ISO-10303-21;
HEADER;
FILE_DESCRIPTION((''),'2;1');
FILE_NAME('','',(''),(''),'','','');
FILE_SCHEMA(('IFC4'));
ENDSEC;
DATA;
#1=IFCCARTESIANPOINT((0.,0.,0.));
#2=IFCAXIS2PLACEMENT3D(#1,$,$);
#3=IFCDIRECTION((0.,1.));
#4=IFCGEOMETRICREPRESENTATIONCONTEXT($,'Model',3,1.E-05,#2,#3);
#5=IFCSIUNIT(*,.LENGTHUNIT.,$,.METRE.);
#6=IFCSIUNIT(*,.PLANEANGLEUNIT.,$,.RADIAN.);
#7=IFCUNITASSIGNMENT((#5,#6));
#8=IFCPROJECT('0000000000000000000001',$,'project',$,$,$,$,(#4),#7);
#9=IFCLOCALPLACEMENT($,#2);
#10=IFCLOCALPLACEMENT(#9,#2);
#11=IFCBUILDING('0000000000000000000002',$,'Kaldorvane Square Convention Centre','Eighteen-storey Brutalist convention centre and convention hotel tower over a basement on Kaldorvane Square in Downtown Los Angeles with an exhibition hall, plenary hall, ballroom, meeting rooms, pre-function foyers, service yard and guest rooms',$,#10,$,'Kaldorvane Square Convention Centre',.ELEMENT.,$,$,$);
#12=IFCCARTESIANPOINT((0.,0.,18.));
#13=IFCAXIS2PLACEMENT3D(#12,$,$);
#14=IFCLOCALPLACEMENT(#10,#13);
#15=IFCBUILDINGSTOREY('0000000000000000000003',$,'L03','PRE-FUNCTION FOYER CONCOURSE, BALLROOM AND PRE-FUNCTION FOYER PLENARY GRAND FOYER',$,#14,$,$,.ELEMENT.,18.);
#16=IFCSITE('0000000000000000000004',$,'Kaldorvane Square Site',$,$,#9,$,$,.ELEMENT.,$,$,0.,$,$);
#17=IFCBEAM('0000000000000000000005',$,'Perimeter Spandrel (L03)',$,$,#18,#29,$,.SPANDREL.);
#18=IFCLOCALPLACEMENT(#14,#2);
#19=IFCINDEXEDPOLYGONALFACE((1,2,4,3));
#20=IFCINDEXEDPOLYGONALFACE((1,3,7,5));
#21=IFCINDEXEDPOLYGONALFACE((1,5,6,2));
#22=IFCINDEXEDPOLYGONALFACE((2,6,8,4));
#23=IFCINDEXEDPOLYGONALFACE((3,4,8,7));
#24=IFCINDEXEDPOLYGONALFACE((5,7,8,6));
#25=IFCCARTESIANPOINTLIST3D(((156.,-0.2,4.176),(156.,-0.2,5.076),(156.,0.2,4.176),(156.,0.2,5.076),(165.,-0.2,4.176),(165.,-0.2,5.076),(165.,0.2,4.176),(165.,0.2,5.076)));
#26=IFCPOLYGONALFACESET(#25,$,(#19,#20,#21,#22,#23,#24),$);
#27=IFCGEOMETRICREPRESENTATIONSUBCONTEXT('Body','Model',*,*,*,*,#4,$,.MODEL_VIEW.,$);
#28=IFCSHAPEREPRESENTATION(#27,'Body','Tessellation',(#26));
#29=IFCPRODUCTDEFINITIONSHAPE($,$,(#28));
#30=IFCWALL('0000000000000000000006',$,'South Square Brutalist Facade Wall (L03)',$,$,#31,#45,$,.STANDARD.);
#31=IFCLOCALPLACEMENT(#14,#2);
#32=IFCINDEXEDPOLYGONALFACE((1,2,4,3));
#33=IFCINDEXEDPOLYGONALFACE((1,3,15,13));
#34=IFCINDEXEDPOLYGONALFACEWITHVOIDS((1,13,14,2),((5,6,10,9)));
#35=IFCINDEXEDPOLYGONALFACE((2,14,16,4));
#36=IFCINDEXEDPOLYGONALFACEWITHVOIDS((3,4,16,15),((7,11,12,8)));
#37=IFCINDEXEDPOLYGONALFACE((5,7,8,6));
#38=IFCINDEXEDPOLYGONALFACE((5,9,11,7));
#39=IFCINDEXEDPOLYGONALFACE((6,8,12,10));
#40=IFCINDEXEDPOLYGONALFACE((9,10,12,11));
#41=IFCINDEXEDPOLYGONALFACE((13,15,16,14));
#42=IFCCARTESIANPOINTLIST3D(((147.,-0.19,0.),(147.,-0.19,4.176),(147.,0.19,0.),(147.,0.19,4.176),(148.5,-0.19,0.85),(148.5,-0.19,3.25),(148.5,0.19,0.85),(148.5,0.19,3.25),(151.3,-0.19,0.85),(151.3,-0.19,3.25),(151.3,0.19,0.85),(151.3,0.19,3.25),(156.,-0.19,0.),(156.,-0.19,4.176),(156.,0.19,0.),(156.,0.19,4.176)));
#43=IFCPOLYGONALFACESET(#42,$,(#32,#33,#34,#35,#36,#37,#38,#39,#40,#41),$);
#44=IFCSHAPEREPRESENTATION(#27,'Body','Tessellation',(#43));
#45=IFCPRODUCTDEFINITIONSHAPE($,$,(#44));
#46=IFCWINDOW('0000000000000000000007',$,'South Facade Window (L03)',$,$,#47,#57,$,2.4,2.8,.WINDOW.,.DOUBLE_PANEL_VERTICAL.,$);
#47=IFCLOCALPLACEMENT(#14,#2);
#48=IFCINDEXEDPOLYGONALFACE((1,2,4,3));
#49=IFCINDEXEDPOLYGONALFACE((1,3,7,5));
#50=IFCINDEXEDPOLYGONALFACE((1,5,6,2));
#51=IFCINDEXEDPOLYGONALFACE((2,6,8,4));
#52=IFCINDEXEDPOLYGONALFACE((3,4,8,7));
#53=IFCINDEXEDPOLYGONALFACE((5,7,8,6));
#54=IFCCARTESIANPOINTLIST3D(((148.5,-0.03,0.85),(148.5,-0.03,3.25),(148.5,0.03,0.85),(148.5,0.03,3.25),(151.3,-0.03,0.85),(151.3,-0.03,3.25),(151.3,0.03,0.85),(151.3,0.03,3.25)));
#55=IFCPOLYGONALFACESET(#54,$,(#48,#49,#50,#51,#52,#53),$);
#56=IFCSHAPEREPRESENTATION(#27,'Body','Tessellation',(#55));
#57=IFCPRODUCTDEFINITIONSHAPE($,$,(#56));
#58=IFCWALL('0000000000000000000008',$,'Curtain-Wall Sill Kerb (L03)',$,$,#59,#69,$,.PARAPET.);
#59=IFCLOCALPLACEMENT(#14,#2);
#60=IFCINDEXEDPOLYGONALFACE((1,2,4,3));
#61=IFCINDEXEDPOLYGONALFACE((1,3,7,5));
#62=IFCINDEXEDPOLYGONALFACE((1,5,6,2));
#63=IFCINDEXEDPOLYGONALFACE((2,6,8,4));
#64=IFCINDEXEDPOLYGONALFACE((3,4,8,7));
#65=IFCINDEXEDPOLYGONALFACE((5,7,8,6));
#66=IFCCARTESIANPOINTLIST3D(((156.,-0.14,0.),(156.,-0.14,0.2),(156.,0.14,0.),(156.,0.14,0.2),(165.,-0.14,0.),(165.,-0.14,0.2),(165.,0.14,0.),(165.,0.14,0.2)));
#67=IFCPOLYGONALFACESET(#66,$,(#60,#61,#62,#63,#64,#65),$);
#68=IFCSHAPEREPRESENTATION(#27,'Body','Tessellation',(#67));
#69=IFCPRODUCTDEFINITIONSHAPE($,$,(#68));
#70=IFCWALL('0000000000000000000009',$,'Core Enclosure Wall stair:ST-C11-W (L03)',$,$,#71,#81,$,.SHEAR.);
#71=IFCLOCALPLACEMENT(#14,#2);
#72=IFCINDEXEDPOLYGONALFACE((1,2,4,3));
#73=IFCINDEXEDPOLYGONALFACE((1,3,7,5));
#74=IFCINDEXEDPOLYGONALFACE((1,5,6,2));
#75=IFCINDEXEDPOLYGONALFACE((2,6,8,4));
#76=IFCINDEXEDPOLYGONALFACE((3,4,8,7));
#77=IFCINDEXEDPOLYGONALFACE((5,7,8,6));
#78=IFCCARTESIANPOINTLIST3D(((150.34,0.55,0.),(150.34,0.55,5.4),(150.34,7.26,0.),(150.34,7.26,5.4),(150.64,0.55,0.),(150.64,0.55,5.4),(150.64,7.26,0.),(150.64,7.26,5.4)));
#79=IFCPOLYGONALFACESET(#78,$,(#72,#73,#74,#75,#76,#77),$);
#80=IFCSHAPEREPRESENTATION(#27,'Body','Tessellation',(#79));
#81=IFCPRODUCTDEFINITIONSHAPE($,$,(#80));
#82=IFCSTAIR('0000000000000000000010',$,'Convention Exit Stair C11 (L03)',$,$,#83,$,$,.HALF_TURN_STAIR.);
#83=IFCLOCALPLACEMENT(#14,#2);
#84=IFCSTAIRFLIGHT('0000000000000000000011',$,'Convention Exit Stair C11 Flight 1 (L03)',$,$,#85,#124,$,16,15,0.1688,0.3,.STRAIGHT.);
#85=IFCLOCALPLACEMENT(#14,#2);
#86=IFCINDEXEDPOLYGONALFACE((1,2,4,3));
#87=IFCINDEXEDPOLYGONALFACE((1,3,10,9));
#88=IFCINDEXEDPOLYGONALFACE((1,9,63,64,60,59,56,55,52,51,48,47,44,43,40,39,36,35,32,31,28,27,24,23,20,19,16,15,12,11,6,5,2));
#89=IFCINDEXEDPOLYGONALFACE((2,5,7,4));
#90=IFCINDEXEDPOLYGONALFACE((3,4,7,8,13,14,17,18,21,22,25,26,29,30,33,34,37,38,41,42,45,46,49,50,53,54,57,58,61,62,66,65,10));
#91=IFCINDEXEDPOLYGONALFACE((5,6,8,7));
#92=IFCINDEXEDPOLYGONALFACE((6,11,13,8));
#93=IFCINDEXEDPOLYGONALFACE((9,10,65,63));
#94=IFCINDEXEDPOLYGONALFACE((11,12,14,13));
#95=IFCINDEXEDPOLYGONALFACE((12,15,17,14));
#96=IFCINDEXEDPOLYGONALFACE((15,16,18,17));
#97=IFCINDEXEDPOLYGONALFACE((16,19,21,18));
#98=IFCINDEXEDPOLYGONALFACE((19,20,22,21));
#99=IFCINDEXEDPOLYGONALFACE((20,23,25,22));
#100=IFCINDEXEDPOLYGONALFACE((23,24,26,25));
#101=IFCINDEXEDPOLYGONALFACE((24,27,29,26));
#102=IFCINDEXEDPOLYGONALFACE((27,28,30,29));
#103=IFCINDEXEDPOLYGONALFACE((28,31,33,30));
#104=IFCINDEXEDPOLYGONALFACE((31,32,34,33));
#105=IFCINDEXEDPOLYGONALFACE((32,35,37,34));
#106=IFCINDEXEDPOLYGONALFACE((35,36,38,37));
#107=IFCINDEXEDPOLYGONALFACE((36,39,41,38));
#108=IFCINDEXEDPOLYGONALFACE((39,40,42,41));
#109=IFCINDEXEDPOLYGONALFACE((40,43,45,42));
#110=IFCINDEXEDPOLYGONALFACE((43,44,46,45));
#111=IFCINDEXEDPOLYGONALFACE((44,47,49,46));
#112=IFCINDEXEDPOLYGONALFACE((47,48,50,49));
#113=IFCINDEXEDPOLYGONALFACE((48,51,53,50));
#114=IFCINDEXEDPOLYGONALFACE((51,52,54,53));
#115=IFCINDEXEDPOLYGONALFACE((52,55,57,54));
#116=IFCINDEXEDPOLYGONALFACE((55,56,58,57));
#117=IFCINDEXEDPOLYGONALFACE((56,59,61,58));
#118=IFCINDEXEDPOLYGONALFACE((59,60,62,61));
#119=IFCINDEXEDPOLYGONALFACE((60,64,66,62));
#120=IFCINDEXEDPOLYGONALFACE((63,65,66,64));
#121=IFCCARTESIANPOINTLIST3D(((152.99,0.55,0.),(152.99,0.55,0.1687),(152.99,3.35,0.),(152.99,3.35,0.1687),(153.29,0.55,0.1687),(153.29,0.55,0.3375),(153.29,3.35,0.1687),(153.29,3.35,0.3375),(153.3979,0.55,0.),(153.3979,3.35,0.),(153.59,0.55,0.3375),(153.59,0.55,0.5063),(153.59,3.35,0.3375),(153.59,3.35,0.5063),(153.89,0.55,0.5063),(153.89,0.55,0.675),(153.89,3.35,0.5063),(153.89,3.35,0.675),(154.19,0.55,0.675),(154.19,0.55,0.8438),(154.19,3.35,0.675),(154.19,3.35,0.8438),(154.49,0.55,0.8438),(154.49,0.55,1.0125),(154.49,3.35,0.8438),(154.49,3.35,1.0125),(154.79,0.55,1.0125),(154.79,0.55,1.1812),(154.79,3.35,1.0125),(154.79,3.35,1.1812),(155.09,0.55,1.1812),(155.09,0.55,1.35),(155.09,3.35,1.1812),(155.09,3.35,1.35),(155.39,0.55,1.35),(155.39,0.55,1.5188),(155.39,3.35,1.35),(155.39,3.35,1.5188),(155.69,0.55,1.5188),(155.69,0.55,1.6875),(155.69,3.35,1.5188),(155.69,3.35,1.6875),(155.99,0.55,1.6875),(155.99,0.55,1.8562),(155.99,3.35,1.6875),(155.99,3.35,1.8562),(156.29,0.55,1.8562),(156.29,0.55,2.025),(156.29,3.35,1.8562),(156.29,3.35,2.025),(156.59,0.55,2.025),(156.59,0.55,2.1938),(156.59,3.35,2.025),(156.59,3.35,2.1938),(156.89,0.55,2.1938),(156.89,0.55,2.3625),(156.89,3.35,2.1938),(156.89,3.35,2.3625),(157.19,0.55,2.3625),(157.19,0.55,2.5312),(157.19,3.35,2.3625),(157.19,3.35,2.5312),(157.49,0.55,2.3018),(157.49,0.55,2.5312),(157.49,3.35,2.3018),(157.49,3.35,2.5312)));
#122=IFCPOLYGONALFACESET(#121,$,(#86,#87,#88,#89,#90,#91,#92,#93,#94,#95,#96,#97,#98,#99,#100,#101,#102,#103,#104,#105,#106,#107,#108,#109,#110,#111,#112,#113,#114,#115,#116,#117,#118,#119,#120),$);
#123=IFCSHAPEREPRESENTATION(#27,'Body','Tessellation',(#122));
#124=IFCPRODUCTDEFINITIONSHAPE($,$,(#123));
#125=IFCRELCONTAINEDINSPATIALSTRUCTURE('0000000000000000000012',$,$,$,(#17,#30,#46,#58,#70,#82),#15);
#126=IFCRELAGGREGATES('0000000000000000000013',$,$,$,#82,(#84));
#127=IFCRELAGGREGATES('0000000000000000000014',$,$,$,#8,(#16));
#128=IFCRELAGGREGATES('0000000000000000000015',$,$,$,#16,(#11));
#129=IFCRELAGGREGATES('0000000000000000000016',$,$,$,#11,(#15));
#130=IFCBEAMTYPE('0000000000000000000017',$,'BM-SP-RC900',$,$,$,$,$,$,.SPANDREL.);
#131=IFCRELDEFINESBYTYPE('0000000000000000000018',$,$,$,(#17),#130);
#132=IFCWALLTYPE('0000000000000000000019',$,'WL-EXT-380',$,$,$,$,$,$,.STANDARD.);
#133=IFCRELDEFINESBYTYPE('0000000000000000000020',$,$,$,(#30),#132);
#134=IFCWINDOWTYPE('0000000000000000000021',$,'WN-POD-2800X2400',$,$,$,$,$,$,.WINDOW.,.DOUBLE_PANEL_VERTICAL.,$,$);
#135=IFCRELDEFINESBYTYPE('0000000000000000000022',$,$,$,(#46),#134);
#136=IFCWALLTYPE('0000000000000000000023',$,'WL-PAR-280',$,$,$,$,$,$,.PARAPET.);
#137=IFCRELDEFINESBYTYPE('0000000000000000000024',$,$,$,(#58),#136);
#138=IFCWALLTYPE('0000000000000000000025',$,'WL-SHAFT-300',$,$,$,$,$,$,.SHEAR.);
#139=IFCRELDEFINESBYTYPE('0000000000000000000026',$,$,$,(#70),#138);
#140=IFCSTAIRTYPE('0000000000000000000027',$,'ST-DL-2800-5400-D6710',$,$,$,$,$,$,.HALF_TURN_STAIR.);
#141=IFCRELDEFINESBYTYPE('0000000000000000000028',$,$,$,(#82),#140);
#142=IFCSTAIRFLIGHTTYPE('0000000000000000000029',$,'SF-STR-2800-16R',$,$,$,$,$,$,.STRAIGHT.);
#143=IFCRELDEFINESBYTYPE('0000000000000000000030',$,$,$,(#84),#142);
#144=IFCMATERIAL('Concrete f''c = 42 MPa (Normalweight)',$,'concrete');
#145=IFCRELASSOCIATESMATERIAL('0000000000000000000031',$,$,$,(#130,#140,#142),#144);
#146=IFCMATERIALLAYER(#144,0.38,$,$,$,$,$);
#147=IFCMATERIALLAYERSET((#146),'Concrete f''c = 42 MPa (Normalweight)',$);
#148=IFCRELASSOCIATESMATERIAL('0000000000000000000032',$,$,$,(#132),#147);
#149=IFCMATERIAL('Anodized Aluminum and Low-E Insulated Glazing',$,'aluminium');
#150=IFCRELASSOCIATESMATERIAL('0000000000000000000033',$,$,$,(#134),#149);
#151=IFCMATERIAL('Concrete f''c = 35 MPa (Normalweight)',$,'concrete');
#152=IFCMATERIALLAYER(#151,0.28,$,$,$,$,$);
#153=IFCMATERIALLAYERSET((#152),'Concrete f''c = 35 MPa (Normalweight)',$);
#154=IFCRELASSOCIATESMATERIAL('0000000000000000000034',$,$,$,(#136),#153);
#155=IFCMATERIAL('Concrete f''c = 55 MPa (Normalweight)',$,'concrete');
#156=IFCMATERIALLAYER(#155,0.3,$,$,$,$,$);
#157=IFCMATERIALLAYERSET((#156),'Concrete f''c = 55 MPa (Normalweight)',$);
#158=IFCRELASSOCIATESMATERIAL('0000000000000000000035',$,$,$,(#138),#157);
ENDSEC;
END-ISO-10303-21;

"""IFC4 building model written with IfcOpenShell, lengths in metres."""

from ifc_helpers import new_model, si_unit, direction, frame, frame_2d, origin, origin_2d, place, context, subcontext, project, spatial, polyline, rectangle, outline, extrude, material, layer, layer_set, material_profile, profile_set, type_object, element, fill, aggregate, save


model = new_model("IFC4")

# Units and contexts
model_context = context("Model", 3, precision=1e-05, world=origin(), true_north=direction((0.0, 1.0)))
body_context = subcontext(model_context, "Body", "Model", "MODEL_VIEW")
ifc_project = project(units=[si_unit("LENGTHUNIT", "METRE"), si_unit("PLANEANGLEUNIT", "RADIAN")], contexts=[model_context])

# Site, building, storey
site_placement = place(None, origin())
site = spatial("IfcSite", under=ifc_project, at=site_placement, Name="Kaldorvane Square Site", CompositionType="ELEMENT", RefElevation=0.0)
building_placement = place(site_placement, origin())
building = spatial("IfcBuilding", under=site, at=building_placement, Name="Kaldorvane Square Convention Centre", Description="Eighteen-storey Brutalist convention centre and convention hotel tower over a basement on Kaldorvane Square in Downtown Los Angeles with an exhibition hall, plenary hall, ballroom, meeting rooms, pre-function foyers, service yard and guest rooms", LongName="Kaldorvane Square Convention Centre", CompositionType="ELEMENT")
storey_placement = place(building_placement, frame((0.0, 0.0, 18.0)))
storey = spatial("IfcBuildingStorey", under=building, at=storey_placement, Name="L03", Description="PRE-FUNCTION FOYER CONCOURSE, BALLROOM AND PRE-FUNCTION FOYER PLENARY GRAND FOYER", CompositionType="ELEMENT", Elevation=18.0)

# Beam
ifc_material_1 = material(Name="Concrete f'c = 42 MPa (Normalweight)", Category="concrete")
ifc_material_profile_1 = material_profile(ifc_material_1, rectangle(XDim=0.4, YDim=0.9, at=origin_2d()), Name="RCSP900X400")
ifc_profile_set_1 = profile_set([ifc_material_profile_1], Name="Concrete f'c = 42 MPa (Normalweight)")
beam_type_1 = type_object("IfcBeamType", Name="BM-SP-RC900", PredefinedType="SPANDREL", material=ifc_profile_set_1)
for number, where, z_axis, x_axis, name in (
    (1, (156.0, 0.0, 4.626), (1.0, 0.0, 0.0), (0.0, 1.0, 0.0), "Perimeter Spandrel (L03)"),
):
    element("IfcBeam", number, at=place(storey_placement, frame(where, z_axis=z_axis, x_axis=x_axis)), inside=storey, type_object=beam_type_1, Name=name, PredefinedType="SPANDREL", context=body_context, shape_type="SweptSolid", body=[
        extrude(rectangle(XDim=0.4, YDim=0.9, at=origin_2d()), origin(), (0.0, 0.0, 1.0), 9.0),
    ])

# Wall, opening, window
ifc_layer_1 = layer(ifc_material_1, 0.38)
ifc_layer_set_1 = layer_set([ifc_layer_1], Name="Concrete f'c = 42 MPa (Normalweight)")
wall_type_1 = type_object("IfcWallType", Name="WL-EXT-380", PredefinedType="STANDARD", material=ifc_layer_set_1)
wall_1_placement = place(storey_placement, frame((147.0, 0.0, 0.0), z_axis=(0.0, 0.0, 1.0), x_axis=(1.0, 0.0, 0.0)))
wall_1 = element("IfcWall", 2, at=wall_1_placement, inside=storey, type_object=wall_type_1, Name="South Square Brutalist Facade Wall (L03)", PredefinedType="STANDARD", context=body_context, shape_type="SweptSolid", body=[
    extrude(rectangle(XDim=9.0, YDim=0.38, at=frame_2d((4.5, 0.0))), origin(), (0.0, 0.0, 1.0), 4.176),
])
opening_placement = place(wall_1_placement, frame((1.5, 0.0, 0.85)))
opening = element("IfcOpeningElement", 3, at=opening_placement, cuts=wall_1, PredefinedType="OPENING", context=body_context, shape_type="SweptSolid", body=[
    extrude(rectangle(XDim=2.8, YDim=2.4, at=frame_2d((1.4, 1.2))), frame((0.0, 0.205, 0.0), z_axis=(0.0, -1.0, 0.0), x_axis=(1.0, 0.0, 0.0)), (0.0, 0.0, 1.0), 0.41),
])
ifc_material_2 = material(Name="Anodized Aluminum and Low-E Insulated Glazing", Category="aluminium")
window_type = type_object("IfcWindowType", Name="WN-POD-2800X2400", PartitioningType="DOUBLE_PANEL_VERTICAL", PredefinedType="WINDOW", material=ifc_material_2)
window_placement = place(opening_placement, origin())
window = element("IfcWindow", 4, at=window_placement, inside=storey, type_object=window_type, Name="South Facade Window (L03)", OverallHeight=2.4, OverallWidth=2.8, PartitioningType="DOUBLE_PANEL_VERTICAL", PredefinedType="WINDOW", context=body_context, shape_type="SweptSolid", body=[
    extrude(rectangle(XDim=2.8, YDim=2.4, at=frame_2d((1.4, 1.2))), frame((0.0, 0.03, 0.0), z_axis=(0.0, -1.0, 0.0), x_axis=(1.0, 0.0, 0.0)), (0.0, 0.0, 1.0), 0.06),
])
fill(opening, window)

# Walls
ifc_material_3 = material(Name="Concrete f'c = 35 MPa (Normalweight)", Category="concrete")
ifc_layer_2 = layer(ifc_material_3, 0.28)
ifc_layer_set_2 = layer_set([ifc_layer_2], Name="Concrete f'c = 35 MPa (Normalweight)")
wall_type_2 = type_object("IfcWallType", Name="WL-PAR-280", PredefinedType="PARAPET", material=ifc_layer_set_2)
wall_2_placement = place(storey_placement, frame((156.0, 0.0, 0.0), z_axis=(0.0, 0.0, 1.0), x_axis=(1.0, 0.0, 0.0)))
element("IfcWall", 5, at=wall_2_placement, inside=storey, type_object=wall_type_2, Name="Curtain-Wall Sill Kerb (L03)", PredefinedType="PARAPET", context=body_context, shape_type="SweptSolid", body=[
    extrude(rectangle(XDim=9.0, YDim=0.28, at=frame_2d((4.5, 0.0))), origin(), (0.0, 0.0, 1.0), 0.2),
])
ifc_material_4 = material(Name="Concrete f'c = 55 MPa (Normalweight)", Category="concrete")
ifc_layer_3 = layer(ifc_material_4, 0.3)
ifc_layer_set_3 = layer_set([ifc_layer_3], Name="Concrete f'c = 55 MPa (Normalweight)")
wall_type_3 = type_object("IfcWallType", Name="WL-SHAFT-300", PredefinedType="SHEAR", material=ifc_layer_set_3)
wall_3_placement = place(storey_placement, frame((150.49, 7.26, 0.0), z_axis=(0.0, 0.0, 1.0), x_axis=(0.0, -1.0, 0.0)))
element("IfcWall", 6, at=wall_3_placement, inside=storey, type_object=wall_type_3, Name="Core Enclosure Wall stair:ST-C11-W (L03)", PredefinedType="SHEAR", context=body_context, shape_type="SweptSolid", body=[
    extrude(rectangle(XDim=6.71, YDim=0.3, at=frame_2d((3.355, 0.0))), origin(), (0.0, 0.0, 1.0), 5.4),
])

# Stair, stair flight
stair_type = type_object("IfcStairType", Name="ST-DL-2800-5400-D6710", PredefinedType="HALF_TURN_STAIR", material=ifc_material_1)
stair_placement = place(storey_placement, origin())
stair = element("IfcStair", 7, at=stair_placement, inside=storey, type_object=stair_type, Name="Convention Exit Stair C11 (L03)", PredefinedType="HALF_TURN_STAIR")
stair_flight_type = type_object("IfcStairFlightType", Name="SF-STR-2800-16R", PredefinedType="STRAIGHT", material=ifc_material_1)
stair_flight_placement = place(storey_placement, frame((152.99, 1.95, 0.0), z_axis=(0.0, 0.0, 1.0), x_axis=(1.0, 0.0, 0.0)))
stair_flight = element("IfcStairFlight", 8, at=stair_flight_placement, type_object=stair_flight_type, Name="Convention Exit Stair C11 Flight 1 (L03)", NumberOfRisers=16, NumberOfTreads=15, PredefinedType="STRAIGHT", RiserHeight=0.1688, TreadLength=0.3, context=body_context, shape_type="SweptSolid", body=[
    extrude(outline(polyline([(0.0, 0.0), (0.0, 0.1687), (0.3, 0.1687), (0.3, 0.3375), (0.6, 0.3375), (0.6, 0.5063), (0.9, 0.5063), (0.9, 0.675), (1.2, 0.675), (1.2, 0.8438), (1.5, 0.8438), (1.5, 1.0125), (1.8, 1.0125), (1.8, 1.1812), (2.1, 1.1812), (2.1, 1.35), (2.4, 1.35), (2.4, 1.5188), (2.7, 1.5188), (2.7, 1.6875), (3.0, 1.6875), (3.0, 1.8562), (3.3, 1.8562), (3.3, 2.025), (3.6, 2.025), (3.6, 2.1938), (3.9, 2.1938), (3.9, 2.3625), (4.2, 2.3625), (4.2, 2.5312), (4.5, 2.5312), (4.5, 2.7), (4.5, 2.3018), (0.4079, 0.0), (0.0, 0.0)])), frame((0.0, 1.4, 0.0), z_axis=(0.0, -1.0, 0.0), x_axis=(1.0, 0.0, 0.0)), (0.0, 0.0, 1.0), 2.8),
])
aggregate(stair, [stair_flight])

save(model, "model.ifc")
